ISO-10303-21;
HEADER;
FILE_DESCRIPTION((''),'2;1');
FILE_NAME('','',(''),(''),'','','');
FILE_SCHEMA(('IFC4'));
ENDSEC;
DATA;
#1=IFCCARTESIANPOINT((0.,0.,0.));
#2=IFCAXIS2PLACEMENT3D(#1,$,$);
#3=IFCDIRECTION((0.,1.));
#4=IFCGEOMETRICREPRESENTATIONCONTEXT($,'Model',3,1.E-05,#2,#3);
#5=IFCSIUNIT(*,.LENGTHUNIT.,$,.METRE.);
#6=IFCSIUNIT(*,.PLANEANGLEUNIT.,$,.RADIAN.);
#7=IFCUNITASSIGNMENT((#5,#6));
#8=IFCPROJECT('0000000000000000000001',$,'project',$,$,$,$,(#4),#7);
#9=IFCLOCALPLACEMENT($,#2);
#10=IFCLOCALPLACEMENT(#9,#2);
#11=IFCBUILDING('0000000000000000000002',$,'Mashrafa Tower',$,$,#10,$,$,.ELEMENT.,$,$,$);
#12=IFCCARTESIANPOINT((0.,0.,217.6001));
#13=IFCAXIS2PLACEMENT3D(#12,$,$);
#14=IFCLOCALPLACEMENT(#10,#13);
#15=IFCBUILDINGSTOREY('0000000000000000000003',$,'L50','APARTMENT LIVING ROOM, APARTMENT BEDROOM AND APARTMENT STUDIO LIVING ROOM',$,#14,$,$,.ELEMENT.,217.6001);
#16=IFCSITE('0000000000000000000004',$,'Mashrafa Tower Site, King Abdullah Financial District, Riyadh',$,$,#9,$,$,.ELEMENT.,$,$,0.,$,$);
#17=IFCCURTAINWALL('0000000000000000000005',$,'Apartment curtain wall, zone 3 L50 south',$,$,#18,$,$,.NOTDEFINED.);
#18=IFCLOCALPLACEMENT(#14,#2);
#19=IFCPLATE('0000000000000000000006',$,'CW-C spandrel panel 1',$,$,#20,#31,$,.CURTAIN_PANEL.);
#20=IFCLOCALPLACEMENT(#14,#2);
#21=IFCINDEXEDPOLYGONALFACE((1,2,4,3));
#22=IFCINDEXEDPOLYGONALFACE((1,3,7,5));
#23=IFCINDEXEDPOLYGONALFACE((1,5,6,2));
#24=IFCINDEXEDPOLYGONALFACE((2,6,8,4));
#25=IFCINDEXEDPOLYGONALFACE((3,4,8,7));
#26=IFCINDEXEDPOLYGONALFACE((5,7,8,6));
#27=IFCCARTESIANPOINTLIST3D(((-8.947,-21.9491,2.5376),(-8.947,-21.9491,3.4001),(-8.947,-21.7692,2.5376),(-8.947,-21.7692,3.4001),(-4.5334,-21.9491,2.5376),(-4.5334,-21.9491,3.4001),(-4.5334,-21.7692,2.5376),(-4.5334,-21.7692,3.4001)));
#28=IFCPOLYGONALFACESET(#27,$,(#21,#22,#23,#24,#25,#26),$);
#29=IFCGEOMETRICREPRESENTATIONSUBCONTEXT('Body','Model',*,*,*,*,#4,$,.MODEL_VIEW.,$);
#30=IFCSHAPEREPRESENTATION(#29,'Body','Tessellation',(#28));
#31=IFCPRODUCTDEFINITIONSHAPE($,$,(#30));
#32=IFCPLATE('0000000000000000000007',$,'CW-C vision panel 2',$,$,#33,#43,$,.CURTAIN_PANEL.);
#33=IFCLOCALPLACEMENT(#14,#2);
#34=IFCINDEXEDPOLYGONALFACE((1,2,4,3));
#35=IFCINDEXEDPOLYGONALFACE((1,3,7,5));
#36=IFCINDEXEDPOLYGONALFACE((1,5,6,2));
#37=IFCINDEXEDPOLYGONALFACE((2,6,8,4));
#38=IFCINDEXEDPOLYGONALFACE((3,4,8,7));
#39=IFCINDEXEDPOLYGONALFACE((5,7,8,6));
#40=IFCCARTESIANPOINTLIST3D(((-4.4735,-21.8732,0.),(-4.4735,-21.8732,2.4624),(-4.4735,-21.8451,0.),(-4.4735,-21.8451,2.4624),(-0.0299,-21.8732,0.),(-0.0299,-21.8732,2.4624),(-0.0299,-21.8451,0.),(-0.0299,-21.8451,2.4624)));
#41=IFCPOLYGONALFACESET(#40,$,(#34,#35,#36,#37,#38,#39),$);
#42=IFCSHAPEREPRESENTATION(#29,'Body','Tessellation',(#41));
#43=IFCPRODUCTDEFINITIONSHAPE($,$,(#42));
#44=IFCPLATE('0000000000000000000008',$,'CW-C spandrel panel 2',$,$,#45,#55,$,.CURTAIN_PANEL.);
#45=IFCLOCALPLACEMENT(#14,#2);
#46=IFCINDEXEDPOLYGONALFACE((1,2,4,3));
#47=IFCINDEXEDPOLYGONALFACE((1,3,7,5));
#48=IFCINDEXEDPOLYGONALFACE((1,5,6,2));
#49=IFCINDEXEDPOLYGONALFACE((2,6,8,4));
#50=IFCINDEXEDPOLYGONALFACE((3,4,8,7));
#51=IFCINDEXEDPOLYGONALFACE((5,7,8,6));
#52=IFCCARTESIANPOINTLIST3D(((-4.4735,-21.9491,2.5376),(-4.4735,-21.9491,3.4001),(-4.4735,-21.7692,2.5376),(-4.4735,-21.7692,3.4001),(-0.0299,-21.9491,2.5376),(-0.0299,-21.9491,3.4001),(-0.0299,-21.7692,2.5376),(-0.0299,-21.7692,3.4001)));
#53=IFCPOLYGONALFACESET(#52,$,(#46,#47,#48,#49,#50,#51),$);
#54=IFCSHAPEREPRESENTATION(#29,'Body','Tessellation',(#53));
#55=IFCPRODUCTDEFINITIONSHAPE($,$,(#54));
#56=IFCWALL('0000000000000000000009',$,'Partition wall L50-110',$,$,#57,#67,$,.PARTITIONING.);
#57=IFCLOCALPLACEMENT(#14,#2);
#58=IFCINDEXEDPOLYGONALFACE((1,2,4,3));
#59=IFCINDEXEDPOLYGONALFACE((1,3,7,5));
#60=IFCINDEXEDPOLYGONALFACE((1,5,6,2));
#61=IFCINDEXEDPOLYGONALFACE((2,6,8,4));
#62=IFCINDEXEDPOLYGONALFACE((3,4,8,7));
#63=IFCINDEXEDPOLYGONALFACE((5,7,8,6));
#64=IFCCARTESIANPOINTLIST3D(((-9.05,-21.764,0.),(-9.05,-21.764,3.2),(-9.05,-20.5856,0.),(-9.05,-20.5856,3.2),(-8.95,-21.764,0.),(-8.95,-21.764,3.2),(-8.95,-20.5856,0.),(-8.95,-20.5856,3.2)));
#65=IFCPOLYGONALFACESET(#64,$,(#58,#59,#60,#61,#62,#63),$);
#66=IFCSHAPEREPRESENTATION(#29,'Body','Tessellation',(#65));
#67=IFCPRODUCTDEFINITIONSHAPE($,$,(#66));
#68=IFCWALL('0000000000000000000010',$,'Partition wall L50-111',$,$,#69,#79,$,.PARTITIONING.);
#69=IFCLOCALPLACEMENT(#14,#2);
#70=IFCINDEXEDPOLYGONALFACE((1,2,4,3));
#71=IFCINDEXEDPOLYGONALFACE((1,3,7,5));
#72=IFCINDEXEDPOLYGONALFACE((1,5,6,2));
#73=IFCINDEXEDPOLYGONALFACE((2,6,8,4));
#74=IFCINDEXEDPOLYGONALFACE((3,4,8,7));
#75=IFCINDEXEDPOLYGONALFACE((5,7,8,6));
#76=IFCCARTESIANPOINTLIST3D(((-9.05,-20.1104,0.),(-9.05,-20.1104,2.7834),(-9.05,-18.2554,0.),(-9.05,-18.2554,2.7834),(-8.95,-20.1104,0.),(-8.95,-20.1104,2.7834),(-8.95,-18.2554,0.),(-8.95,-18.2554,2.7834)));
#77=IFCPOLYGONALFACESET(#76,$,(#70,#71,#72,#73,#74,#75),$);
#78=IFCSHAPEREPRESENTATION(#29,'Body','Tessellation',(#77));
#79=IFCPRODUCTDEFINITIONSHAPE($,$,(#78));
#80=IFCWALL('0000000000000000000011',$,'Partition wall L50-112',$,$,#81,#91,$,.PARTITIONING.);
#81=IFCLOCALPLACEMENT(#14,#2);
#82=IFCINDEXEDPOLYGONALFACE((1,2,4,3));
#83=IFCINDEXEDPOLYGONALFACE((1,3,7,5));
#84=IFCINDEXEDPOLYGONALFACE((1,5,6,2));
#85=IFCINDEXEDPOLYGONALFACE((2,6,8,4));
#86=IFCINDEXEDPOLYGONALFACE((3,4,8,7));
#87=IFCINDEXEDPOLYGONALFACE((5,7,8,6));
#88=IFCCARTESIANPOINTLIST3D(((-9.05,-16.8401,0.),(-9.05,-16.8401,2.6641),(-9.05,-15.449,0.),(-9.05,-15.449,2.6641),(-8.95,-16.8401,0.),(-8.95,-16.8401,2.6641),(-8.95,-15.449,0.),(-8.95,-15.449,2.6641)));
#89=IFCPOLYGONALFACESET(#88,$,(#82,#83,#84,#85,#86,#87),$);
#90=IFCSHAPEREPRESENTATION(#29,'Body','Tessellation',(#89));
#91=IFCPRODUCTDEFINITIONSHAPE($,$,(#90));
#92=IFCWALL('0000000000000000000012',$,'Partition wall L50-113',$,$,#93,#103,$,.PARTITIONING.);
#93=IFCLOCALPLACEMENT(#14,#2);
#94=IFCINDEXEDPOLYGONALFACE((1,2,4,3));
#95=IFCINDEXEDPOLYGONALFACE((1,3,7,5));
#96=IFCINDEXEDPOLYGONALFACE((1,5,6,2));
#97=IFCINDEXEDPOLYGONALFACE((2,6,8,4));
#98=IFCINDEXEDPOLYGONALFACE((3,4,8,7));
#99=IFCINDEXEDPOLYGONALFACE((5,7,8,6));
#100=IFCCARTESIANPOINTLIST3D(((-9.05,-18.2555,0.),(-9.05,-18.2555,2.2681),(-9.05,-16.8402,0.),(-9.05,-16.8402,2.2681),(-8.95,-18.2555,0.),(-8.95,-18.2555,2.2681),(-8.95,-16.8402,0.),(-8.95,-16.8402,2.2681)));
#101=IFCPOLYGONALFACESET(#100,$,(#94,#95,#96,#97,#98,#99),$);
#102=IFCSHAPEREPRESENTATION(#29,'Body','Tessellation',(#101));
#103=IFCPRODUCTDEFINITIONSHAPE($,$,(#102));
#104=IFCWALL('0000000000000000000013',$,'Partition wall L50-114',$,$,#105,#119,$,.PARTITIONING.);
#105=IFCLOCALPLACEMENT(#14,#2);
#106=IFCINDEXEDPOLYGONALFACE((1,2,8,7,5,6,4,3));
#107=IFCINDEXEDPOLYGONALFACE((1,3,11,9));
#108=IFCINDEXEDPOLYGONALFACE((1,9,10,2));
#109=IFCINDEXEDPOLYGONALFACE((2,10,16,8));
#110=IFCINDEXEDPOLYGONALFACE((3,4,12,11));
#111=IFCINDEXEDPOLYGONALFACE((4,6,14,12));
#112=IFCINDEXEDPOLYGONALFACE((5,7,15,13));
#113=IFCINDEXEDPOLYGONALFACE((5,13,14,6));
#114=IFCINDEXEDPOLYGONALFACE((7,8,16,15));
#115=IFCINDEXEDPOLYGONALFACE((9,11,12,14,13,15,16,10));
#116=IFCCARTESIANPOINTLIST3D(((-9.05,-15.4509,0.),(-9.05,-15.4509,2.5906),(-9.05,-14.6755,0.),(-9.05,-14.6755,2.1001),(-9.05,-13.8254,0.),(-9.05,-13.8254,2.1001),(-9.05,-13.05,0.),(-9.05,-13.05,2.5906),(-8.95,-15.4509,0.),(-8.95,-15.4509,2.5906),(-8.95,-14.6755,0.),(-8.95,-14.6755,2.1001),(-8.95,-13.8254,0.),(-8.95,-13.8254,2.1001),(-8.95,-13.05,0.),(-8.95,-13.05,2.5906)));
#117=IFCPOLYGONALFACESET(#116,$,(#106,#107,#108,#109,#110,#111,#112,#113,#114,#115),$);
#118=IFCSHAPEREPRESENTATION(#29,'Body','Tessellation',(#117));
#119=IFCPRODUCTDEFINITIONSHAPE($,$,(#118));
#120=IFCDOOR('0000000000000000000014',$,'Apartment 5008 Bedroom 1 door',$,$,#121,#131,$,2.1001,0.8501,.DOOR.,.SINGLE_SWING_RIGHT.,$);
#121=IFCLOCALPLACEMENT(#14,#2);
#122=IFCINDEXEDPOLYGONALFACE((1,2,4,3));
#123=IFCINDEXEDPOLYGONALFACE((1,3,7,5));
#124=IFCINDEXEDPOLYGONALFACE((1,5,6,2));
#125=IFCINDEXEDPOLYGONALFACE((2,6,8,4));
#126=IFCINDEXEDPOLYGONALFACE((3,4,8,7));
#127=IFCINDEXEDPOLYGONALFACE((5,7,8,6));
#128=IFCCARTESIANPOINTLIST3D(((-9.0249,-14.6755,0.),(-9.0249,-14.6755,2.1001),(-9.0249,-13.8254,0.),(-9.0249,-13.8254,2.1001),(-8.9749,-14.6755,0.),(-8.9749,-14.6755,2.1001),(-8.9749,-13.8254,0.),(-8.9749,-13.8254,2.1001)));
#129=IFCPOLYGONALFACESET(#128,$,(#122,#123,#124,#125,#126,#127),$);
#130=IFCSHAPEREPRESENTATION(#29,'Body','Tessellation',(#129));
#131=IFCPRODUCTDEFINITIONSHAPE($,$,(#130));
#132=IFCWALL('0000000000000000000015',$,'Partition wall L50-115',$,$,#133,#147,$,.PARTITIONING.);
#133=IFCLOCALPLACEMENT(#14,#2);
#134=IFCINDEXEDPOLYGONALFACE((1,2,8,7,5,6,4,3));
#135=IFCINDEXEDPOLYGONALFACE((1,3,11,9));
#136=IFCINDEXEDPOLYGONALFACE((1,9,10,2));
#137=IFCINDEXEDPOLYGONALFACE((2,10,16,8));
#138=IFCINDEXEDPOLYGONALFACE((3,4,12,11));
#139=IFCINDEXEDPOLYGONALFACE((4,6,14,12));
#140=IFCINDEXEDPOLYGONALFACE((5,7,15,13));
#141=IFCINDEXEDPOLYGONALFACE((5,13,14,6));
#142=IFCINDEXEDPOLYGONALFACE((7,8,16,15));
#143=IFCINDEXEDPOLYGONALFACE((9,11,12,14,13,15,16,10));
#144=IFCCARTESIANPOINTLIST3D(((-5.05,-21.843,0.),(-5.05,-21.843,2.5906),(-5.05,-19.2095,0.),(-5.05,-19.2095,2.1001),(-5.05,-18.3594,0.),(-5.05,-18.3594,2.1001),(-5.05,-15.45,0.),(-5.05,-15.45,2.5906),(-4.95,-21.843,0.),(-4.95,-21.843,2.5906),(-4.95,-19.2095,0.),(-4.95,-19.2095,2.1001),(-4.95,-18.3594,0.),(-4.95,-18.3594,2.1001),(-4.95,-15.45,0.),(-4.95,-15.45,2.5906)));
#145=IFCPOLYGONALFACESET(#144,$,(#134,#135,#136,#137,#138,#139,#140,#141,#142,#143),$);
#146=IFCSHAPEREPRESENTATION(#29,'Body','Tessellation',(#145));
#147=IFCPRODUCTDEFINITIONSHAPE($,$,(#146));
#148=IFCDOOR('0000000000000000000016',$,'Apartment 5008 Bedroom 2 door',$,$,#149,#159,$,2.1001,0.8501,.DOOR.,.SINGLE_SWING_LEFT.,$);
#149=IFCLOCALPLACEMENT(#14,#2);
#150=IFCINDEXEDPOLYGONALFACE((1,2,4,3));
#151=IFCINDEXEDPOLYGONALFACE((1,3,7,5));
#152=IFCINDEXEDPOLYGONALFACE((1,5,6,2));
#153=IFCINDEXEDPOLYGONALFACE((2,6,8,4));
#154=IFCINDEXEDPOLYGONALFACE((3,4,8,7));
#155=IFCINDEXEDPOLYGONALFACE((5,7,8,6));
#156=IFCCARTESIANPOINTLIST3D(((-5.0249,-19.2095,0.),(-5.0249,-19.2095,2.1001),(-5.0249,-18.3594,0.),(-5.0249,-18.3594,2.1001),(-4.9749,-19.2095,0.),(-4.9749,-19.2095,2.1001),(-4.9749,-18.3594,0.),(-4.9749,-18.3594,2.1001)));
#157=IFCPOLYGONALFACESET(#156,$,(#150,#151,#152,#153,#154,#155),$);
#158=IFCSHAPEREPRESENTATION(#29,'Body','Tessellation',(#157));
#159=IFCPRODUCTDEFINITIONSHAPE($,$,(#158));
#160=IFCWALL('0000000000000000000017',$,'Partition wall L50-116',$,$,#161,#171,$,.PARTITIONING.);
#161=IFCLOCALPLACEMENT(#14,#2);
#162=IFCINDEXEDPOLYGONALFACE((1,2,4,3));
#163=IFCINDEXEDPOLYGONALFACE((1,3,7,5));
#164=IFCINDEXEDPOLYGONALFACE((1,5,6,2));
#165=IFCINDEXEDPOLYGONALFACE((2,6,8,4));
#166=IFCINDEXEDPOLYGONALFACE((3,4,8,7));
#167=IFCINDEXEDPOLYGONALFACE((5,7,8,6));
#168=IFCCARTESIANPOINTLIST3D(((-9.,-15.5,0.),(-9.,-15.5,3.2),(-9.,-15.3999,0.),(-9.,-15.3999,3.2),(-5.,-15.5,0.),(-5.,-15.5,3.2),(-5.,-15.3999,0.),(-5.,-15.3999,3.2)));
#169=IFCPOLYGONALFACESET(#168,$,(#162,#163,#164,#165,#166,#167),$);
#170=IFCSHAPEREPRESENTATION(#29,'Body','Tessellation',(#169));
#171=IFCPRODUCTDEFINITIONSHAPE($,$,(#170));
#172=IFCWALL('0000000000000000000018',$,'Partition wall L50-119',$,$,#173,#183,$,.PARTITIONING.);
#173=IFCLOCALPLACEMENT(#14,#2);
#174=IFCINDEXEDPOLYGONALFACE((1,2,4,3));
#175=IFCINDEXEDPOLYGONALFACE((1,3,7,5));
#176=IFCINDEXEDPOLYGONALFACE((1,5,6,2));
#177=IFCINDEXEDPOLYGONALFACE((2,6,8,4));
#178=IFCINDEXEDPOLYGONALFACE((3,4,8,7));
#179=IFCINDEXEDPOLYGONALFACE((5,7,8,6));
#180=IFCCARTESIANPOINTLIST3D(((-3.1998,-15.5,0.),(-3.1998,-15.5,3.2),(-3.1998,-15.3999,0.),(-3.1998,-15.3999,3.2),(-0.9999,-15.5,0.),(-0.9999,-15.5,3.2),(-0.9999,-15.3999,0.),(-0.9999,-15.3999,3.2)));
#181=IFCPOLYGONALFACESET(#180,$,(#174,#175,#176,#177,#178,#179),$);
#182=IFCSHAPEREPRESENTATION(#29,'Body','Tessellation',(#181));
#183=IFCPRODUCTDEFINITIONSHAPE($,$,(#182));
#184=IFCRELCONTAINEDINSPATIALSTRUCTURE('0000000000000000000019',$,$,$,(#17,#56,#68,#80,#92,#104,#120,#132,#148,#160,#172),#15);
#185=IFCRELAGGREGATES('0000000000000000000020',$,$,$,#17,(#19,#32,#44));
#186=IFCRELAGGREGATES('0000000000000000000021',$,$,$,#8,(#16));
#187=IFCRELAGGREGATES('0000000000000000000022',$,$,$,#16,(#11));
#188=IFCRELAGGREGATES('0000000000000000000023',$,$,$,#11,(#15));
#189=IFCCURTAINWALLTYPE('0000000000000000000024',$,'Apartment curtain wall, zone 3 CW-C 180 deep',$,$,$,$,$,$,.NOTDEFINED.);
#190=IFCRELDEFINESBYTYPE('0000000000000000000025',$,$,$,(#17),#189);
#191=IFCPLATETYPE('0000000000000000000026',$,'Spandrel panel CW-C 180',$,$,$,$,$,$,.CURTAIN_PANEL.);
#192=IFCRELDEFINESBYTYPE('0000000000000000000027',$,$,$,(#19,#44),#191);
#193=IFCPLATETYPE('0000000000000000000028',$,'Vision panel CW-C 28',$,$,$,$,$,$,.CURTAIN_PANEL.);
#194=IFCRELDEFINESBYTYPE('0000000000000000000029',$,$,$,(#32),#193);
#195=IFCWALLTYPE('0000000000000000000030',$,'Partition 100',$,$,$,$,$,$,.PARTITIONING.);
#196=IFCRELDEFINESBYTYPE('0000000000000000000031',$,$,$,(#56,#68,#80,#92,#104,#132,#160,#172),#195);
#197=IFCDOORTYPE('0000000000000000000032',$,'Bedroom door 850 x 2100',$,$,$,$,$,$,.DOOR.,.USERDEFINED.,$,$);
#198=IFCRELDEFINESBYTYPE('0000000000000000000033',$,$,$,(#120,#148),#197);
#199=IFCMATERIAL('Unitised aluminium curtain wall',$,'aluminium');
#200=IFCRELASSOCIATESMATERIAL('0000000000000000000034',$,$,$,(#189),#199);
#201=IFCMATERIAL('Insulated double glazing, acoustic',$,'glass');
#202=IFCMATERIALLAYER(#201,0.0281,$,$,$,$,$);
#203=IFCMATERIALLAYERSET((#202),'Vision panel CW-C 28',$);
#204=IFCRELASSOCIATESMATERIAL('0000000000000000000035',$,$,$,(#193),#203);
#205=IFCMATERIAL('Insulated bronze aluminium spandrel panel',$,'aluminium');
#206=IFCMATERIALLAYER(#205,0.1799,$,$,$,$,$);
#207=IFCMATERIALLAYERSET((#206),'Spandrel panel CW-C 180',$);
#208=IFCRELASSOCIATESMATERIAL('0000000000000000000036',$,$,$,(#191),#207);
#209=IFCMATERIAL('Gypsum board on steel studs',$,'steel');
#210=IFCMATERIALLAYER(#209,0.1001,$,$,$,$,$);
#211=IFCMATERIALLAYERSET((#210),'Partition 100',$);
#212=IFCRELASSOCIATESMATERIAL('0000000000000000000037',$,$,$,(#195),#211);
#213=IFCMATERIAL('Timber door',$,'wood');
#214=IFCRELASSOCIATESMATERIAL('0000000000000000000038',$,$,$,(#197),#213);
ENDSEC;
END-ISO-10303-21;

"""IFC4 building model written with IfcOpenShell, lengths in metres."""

from ifc_helpers import new_model, si_unit, direction, frame, frame_2d, origin, origin_2d, place, context, subcontext, project, spatial, rectangle, extrude, source, transform, mapped, material, layer, layer_set, type_object, type_shapes, element, fill, aggregate, save


model = new_model("IFC4")

# Units and contexts
model_context = context("Model", 3, precision=1e-05, world=origin(), true_north=direction((0.0, 1.0)))
body_context = subcontext(model_context, "Body", "Model", "MODEL_VIEW")
ifc_project = project(units=[si_unit("LENGTHUNIT", "METRE"), si_unit("PLANEANGLEUNIT", "RADIAN")], contexts=[model_context])

# Site, building, storey
site_placement = place(None, origin())
site = spatial("IfcSite", under=ifc_project, at=site_placement, Name="Mashrafa Tower Site, King Abdullah Financial District, Riyadh", CompositionType="ELEMENT", RefElevation=0.0)
building_placement = place(site_placement, origin())
building = spatial("IfcBuilding", under=site, at=building_placement, Name="Mashrafa Tower", CompositionType="ELEMENT")
storey_placement = place(building_placement, frame((0.0, 0.0, 217.6001)))
storey = spatial("IfcBuildingStorey", under=building, at=storey_placement, Name="L50", Description="APARTMENT LIVING ROOM, APARTMENT BEDROOM AND APARTMENT STUDIO LIVING ROOM", CompositionType="ELEMENT", Elevation=217.6001)

# Curtain wall
ifc_material_1 = material(Name="Unitised aluminium curtain wall", Category="aluminium")
curtain_wall_type = type_object("IfcCurtainWallType", Name="Apartment curtain wall, zone 3 CW-C 180 deep", PredefinedType="NOTDEFINED", material=ifc_material_1)
curtain_wall_1_placement = place(storey_placement, origin())
curtain_wall_1 = element("IfcCurtainWall", 1, at=curtain_wall_1_placement, inside=storey, type_object=curtain_wall_type, Name="Apartment curtain wall, zone 3 L50 south", PredefinedType="NOTDEFINED")

# Plates
ifc_material_2 = material(Name="Insulated double glazing, acoustic", Category="glass")
ifc_layer_1 = layer(ifc_material_2, 0.0281)
ifc_layer_set_1 = layer_set([ifc_layer_1], Name="Vision panel CW-C 28")
plate_type_1 = type_object("IfcPlateType", Name="Vision panel CW-C 28", PredefinedType="CURTAIN_PANEL", material=ifc_layer_set_1)
ifc_material_3 = material(Name="Insulated bronze aluminium spandrel panel", Category="aluminium")
ifc_layer_2 = layer(ifc_material_3, 0.1799)
ifc_layer_set_2 = layer_set([ifc_layer_2], Name="Spandrel panel CW-C 180")
plate_type_2 = type_object("IfcPlateType", Name="Spandrel panel CW-C 180", PredefinedType="CURTAIN_PANEL", material=ifc_layer_set_2)
shared_shape_1 = source(origin(), body_context, "Body", "SweptSolid", [
    extrude(rectangle(XDim=4.4136, YDim=0.1799, at=origin_2d()), origin(), (0.0, 0.0, 1.0), 0.8625),
])
plate_1_placement = place(storey_placement, frame((-6.7402, -21.8591, 2.5376), z_axis=(0.0, 0.0, 1.0), x_axis=(1.0, 0.0, 0.0)))
plate_1 = element("IfcPlate", 2, at=plate_1_placement, type_object=plate_type_2, Name="CW-C spandrel panel 1", PredefinedType="CURTAIN_PANEL", context=body_context, shape_type="MappedRepresentation", body=[
    mapped(shared_shape_1, transform((0.0, 0.0, 0.0))),
])
shared_shape_2 = source(origin(), body_context, "Body", "SweptSolid", [
    extrude(rectangle(XDim=4.4436, YDim=0.0281, at=origin_2d()), origin(), (0.0, 0.0, 1.0), 2.4624),
])
plate_2_placement = place(storey_placement, frame((-2.2517, -21.8591, 0.0), z_axis=(0.0, 0.0, 1.0), x_axis=(1.0, 0.0, 0.0)))
plate_2 = element("IfcPlate", 3, at=plate_2_placement, type_object=plate_type_1, Name="CW-C vision panel 2", PredefinedType="CURTAIN_PANEL", context=body_context, shape_type="MappedRepresentation", body=[
    mapped(shared_shape_2, transform((0.0, 0.0, 0.0))),
])
shared_shape_3 = source(origin(), body_context, "Body", "SweptSolid", [
    extrude(rectangle(XDim=4.4436, YDim=0.1799, at=origin_2d()), origin(), (0.0, 0.0, 1.0), 0.8625),
])
type_shapes(plate_type_2, [shared_shape_1, shared_shape_3])
plate_3_placement = place(storey_placement, frame((-2.2517, -21.8591, 2.5376), z_axis=(0.0, 0.0, 1.0), x_axis=(1.0, 0.0, 0.0)))
plate_3 = element("IfcPlate", 4, at=plate_3_placement, type_object=plate_type_2, Name="CW-C spandrel panel 2", PredefinedType="CURTAIN_PANEL", context=body_context, shape_type="MappedRepresentation", body=[
    mapped(shared_shape_3, transform((0.0, 0.0, 0.0))),
])
aggregate(curtain_wall_1, [plate_1, plate_2, plate_3])

# Walls
ifc_material_4 = material(Name="Gypsum board on steel studs", Category="steel")
ifc_layer_3 = layer(ifc_material_4, 0.1001)
ifc_layer_set_3 = layer_set([ifc_layer_3], Name="Partition 100")
wall_type = type_object("IfcWallType", Name="Partition 100", PredefinedType="PARTITIONING", material=ifc_layer_set_3)
wall_1_placement = place(storey_placement, frame((-9.0, -21.7642, 0.0), z_axis=(0.0, 0.0, 1.0), x_axis=(0.0, 1.0, 0.0)))
element("IfcWall", 5, at=wall_1_placement, inside=storey, type_object=wall_type, Name="Partition wall L50-110", PredefinedType="PARTITIONING", context=body_context, shape_type="SweptSolid", body=[
    extrude(rectangle(XDim=1.1785, YDim=0.1001, at=frame_2d((0.5894, 0.0))), origin(), (0.0, 0.0, 1.0), 3.2),
])
wall_2_placement = place(storey_placement, frame((-9.0, -20.1104, 0.0), z_axis=(0.0, 0.0, 1.0), x_axis=(0.0, 1.0, 0.0)))
element("IfcWall", 6, at=wall_2_placement, inside=storey, type_object=wall_type, Name="Partition wall L50-111", PredefinedType="PARTITIONING", context=body_context, shape_type="SweptSolid", body=[
    extrude(rectangle(XDim=1.855, YDim=0.1001, at=frame_2d((0.9275, 0.0))), origin(), (0.0, 0.0, 1.0), 2.7834),
])
wall_3_placement = place(storey_placement, frame((-9.0, -16.8401, 0.0), z_axis=(0.0, 0.0, 1.0), x_axis=(0.0, 1.0, 0.0)))
element("IfcWall", 7, at=wall_3_placement, inside=storey, type_object=wall_type, Name="Partition wall L50-112", PredefinedType="PARTITIONING", context=body_context, shape_type="SweptSolid", body=[
    extrude(rectangle(XDim=1.3911, YDim=0.1001, at=frame_2d((0.6956, 0.0))), origin(), (0.0, 0.0, 1.0), 2.6641),
])
wall_4_placement = place(storey_placement, frame((-9.0, -18.2554, 0.0), z_axis=(0.0, 0.0, 1.0), x_axis=(0.0, 1.0, 0.0)))
element("IfcWall", 8, at=wall_4_placement, inside=storey, type_object=wall_type, Name="Partition wall L50-113", PredefinedType="PARTITIONING", context=body_context, shape_type="SweptSolid", body=[
    extrude(rectangle(XDim=1.4153, YDim=0.1001, at=frame_2d((0.7075, 0.0))), origin(), (0.0, 0.0, 1.0), 2.2681),
])

# Walls, openings, doors
wall_5_placement = place(storey_placement, frame((-9.0, -15.4509, 0.0), z_axis=(0.0, 0.0, 1.0), x_axis=(0.0, 1.0, 0.0)))
wall_5 = element("IfcWall", 9, at=wall_5_placement, inside=storey, type_object=wall_type, Name="Partition wall L50-114", PredefinedType="PARTITIONING", context=body_context, shape_type="SweptSolid", body=[
    extrude(rectangle(XDim=2.4009, YDim=0.1001, at=frame_2d((1.2004, 0.0))), origin(), (0.0, 0.0, 1.0), 2.5906),
])
opening_1_placement = place(wall_5_placement, frame((0.7754, 0.0, 0.0)))
opening_1 = element("IfcOpeningElement", 10, at=opening_1_placement, cuts=wall_5, PredefinedType="OPENING", context=body_context, shape_type="SweptSolid", body=[
    extrude(rectangle(XDim=0.8501, YDim=2.1001, at=frame_2d((0.425, 1.05))), frame((0.0, 0.0601, 0.0), z_axis=(0.0, -1.0, 0.0), x_axis=(1.0, 0.0, 0.0)), (0.0, 0.0, 1.0), 0.1201),
])
ifc_material_5 = material(Name="Timber door", Category="wood")
door_type = type_object("IfcDoorType", Name="Bedroom door 850 x 2100", OperationType="USERDEFINED", PredefinedType="DOOR", material=ifc_material_5)
door_1_placement = place(opening_1_placement, origin())
door_1 = element("IfcDoor", 11, at=door_1_placement, inside=storey, type_object=door_type, Name="Apartment 5008 Bedroom 1 door", OperationType="SINGLE_SWING_RIGHT", OverallHeight=2.1001, OverallWidth=0.8501, PredefinedType="DOOR", context=body_context, shape_type="SweptSolid", body=[
    extrude(rectangle(XDim=0.8501, YDim=2.1001, at=frame_2d((0.425, 1.05))), frame((0.0, 0.0249, 0.0), z_axis=(0.0, -1.0, 0.0), x_axis=(1.0, 0.0, 0.0)), (0.0, 0.0, 1.0), 0.05),
])
fill(opening_1, door_1)
wall_6_placement = place(storey_placement, frame((-5.0, -21.843, 0.0), z_axis=(0.0, 0.0, 1.0), x_axis=(0.0, 1.0, 0.0)))
wall_6 = element("IfcWall", 12, at=wall_6_placement, inside=storey, type_object=wall_type, Name="Partition wall L50-115", PredefinedType="PARTITIONING", context=body_context, shape_type="SweptSolid", body=[
    extrude(rectangle(XDim=6.3931, YDim=0.1001, at=frame_2d((3.1965, 0.0))), origin(), (0.0, 0.0, 1.0), 2.5906),
])
opening_2_placement = place(wall_6_placement, frame((2.6335, 0.0, 0.0)))
opening_2 = element("IfcOpeningElement", 13, at=opening_2_placement, cuts=wall_6, PredefinedType="OPENING", context=body_context, shape_type="SweptSolid", body=[
    extrude(rectangle(XDim=0.8501, YDim=2.1001, at=frame_2d((0.425, 1.05))), frame((0.0, 0.0601, 0.0), z_axis=(0.0, -1.0, 0.0), x_axis=(1.0, 0.0, 0.0)), (0.0, 0.0, 1.0), 0.1201),
])
door_2_placement = place(opening_2_placement, origin())
door_2 = element("IfcDoor", 14, at=door_2_placement, inside=storey, type_object=door_type, Name="Apartment 5008 Bedroom 2 door", OperationType="SINGLE_SWING_LEFT", OverallHeight=2.1001, OverallWidth=0.8501, PredefinedType="DOOR", context=body_context, shape_type="SweptSolid", body=[
    extrude(rectangle(XDim=0.8501, YDim=2.1001, at=frame_2d((0.425, 1.05))), frame((0.0, 0.0249, 0.0), z_axis=(0.0, -1.0, 0.0), x_axis=(1.0, 0.0, 0.0)), (0.0, 0.0, 1.0), 0.05),
])
fill(opening_2, door_2)

# Walls
wall_7_placement = place(storey_placement, frame((-5.0, -15.45, 0.0), z_axis=(0.0, 0.0, 1.0), x_axis=(-1.0, 0.0, 0.0)))
element("IfcWall", 15, at=wall_7_placement, inside=storey, type_object=wall_type, Name="Partition wall L50-116", PredefinedType="PARTITIONING", context=body_context, shape_type="SweptSolid", body=[
    extrude(rectangle(XDim=4.0, YDim=0.1001, at=frame_2d((2.0, 0.0))), origin(), (0.0, 0.0, 1.0), 3.2),
])
wall_8_placement = place(storey_placement, frame((-3.2, -15.45, 0.0), z_axis=(0.0, 0.0, 1.0), x_axis=(1.0, 0.0, 0.0)))
element("IfcWall", 16, at=wall_8_placement, inside=storey, type_object=wall_type, Name="Partition wall L50-119", PredefinedType="PARTITIONING", context=body_context, shape_type="SweptSolid", body=[
    extrude(rectangle(XDim=2.2, YDim=0.1001, at=frame_2d((1.1001, 0.0))), origin(), (0.0, 0.0, 1.0), 3.2),
])

save(model, "model.ifc")
